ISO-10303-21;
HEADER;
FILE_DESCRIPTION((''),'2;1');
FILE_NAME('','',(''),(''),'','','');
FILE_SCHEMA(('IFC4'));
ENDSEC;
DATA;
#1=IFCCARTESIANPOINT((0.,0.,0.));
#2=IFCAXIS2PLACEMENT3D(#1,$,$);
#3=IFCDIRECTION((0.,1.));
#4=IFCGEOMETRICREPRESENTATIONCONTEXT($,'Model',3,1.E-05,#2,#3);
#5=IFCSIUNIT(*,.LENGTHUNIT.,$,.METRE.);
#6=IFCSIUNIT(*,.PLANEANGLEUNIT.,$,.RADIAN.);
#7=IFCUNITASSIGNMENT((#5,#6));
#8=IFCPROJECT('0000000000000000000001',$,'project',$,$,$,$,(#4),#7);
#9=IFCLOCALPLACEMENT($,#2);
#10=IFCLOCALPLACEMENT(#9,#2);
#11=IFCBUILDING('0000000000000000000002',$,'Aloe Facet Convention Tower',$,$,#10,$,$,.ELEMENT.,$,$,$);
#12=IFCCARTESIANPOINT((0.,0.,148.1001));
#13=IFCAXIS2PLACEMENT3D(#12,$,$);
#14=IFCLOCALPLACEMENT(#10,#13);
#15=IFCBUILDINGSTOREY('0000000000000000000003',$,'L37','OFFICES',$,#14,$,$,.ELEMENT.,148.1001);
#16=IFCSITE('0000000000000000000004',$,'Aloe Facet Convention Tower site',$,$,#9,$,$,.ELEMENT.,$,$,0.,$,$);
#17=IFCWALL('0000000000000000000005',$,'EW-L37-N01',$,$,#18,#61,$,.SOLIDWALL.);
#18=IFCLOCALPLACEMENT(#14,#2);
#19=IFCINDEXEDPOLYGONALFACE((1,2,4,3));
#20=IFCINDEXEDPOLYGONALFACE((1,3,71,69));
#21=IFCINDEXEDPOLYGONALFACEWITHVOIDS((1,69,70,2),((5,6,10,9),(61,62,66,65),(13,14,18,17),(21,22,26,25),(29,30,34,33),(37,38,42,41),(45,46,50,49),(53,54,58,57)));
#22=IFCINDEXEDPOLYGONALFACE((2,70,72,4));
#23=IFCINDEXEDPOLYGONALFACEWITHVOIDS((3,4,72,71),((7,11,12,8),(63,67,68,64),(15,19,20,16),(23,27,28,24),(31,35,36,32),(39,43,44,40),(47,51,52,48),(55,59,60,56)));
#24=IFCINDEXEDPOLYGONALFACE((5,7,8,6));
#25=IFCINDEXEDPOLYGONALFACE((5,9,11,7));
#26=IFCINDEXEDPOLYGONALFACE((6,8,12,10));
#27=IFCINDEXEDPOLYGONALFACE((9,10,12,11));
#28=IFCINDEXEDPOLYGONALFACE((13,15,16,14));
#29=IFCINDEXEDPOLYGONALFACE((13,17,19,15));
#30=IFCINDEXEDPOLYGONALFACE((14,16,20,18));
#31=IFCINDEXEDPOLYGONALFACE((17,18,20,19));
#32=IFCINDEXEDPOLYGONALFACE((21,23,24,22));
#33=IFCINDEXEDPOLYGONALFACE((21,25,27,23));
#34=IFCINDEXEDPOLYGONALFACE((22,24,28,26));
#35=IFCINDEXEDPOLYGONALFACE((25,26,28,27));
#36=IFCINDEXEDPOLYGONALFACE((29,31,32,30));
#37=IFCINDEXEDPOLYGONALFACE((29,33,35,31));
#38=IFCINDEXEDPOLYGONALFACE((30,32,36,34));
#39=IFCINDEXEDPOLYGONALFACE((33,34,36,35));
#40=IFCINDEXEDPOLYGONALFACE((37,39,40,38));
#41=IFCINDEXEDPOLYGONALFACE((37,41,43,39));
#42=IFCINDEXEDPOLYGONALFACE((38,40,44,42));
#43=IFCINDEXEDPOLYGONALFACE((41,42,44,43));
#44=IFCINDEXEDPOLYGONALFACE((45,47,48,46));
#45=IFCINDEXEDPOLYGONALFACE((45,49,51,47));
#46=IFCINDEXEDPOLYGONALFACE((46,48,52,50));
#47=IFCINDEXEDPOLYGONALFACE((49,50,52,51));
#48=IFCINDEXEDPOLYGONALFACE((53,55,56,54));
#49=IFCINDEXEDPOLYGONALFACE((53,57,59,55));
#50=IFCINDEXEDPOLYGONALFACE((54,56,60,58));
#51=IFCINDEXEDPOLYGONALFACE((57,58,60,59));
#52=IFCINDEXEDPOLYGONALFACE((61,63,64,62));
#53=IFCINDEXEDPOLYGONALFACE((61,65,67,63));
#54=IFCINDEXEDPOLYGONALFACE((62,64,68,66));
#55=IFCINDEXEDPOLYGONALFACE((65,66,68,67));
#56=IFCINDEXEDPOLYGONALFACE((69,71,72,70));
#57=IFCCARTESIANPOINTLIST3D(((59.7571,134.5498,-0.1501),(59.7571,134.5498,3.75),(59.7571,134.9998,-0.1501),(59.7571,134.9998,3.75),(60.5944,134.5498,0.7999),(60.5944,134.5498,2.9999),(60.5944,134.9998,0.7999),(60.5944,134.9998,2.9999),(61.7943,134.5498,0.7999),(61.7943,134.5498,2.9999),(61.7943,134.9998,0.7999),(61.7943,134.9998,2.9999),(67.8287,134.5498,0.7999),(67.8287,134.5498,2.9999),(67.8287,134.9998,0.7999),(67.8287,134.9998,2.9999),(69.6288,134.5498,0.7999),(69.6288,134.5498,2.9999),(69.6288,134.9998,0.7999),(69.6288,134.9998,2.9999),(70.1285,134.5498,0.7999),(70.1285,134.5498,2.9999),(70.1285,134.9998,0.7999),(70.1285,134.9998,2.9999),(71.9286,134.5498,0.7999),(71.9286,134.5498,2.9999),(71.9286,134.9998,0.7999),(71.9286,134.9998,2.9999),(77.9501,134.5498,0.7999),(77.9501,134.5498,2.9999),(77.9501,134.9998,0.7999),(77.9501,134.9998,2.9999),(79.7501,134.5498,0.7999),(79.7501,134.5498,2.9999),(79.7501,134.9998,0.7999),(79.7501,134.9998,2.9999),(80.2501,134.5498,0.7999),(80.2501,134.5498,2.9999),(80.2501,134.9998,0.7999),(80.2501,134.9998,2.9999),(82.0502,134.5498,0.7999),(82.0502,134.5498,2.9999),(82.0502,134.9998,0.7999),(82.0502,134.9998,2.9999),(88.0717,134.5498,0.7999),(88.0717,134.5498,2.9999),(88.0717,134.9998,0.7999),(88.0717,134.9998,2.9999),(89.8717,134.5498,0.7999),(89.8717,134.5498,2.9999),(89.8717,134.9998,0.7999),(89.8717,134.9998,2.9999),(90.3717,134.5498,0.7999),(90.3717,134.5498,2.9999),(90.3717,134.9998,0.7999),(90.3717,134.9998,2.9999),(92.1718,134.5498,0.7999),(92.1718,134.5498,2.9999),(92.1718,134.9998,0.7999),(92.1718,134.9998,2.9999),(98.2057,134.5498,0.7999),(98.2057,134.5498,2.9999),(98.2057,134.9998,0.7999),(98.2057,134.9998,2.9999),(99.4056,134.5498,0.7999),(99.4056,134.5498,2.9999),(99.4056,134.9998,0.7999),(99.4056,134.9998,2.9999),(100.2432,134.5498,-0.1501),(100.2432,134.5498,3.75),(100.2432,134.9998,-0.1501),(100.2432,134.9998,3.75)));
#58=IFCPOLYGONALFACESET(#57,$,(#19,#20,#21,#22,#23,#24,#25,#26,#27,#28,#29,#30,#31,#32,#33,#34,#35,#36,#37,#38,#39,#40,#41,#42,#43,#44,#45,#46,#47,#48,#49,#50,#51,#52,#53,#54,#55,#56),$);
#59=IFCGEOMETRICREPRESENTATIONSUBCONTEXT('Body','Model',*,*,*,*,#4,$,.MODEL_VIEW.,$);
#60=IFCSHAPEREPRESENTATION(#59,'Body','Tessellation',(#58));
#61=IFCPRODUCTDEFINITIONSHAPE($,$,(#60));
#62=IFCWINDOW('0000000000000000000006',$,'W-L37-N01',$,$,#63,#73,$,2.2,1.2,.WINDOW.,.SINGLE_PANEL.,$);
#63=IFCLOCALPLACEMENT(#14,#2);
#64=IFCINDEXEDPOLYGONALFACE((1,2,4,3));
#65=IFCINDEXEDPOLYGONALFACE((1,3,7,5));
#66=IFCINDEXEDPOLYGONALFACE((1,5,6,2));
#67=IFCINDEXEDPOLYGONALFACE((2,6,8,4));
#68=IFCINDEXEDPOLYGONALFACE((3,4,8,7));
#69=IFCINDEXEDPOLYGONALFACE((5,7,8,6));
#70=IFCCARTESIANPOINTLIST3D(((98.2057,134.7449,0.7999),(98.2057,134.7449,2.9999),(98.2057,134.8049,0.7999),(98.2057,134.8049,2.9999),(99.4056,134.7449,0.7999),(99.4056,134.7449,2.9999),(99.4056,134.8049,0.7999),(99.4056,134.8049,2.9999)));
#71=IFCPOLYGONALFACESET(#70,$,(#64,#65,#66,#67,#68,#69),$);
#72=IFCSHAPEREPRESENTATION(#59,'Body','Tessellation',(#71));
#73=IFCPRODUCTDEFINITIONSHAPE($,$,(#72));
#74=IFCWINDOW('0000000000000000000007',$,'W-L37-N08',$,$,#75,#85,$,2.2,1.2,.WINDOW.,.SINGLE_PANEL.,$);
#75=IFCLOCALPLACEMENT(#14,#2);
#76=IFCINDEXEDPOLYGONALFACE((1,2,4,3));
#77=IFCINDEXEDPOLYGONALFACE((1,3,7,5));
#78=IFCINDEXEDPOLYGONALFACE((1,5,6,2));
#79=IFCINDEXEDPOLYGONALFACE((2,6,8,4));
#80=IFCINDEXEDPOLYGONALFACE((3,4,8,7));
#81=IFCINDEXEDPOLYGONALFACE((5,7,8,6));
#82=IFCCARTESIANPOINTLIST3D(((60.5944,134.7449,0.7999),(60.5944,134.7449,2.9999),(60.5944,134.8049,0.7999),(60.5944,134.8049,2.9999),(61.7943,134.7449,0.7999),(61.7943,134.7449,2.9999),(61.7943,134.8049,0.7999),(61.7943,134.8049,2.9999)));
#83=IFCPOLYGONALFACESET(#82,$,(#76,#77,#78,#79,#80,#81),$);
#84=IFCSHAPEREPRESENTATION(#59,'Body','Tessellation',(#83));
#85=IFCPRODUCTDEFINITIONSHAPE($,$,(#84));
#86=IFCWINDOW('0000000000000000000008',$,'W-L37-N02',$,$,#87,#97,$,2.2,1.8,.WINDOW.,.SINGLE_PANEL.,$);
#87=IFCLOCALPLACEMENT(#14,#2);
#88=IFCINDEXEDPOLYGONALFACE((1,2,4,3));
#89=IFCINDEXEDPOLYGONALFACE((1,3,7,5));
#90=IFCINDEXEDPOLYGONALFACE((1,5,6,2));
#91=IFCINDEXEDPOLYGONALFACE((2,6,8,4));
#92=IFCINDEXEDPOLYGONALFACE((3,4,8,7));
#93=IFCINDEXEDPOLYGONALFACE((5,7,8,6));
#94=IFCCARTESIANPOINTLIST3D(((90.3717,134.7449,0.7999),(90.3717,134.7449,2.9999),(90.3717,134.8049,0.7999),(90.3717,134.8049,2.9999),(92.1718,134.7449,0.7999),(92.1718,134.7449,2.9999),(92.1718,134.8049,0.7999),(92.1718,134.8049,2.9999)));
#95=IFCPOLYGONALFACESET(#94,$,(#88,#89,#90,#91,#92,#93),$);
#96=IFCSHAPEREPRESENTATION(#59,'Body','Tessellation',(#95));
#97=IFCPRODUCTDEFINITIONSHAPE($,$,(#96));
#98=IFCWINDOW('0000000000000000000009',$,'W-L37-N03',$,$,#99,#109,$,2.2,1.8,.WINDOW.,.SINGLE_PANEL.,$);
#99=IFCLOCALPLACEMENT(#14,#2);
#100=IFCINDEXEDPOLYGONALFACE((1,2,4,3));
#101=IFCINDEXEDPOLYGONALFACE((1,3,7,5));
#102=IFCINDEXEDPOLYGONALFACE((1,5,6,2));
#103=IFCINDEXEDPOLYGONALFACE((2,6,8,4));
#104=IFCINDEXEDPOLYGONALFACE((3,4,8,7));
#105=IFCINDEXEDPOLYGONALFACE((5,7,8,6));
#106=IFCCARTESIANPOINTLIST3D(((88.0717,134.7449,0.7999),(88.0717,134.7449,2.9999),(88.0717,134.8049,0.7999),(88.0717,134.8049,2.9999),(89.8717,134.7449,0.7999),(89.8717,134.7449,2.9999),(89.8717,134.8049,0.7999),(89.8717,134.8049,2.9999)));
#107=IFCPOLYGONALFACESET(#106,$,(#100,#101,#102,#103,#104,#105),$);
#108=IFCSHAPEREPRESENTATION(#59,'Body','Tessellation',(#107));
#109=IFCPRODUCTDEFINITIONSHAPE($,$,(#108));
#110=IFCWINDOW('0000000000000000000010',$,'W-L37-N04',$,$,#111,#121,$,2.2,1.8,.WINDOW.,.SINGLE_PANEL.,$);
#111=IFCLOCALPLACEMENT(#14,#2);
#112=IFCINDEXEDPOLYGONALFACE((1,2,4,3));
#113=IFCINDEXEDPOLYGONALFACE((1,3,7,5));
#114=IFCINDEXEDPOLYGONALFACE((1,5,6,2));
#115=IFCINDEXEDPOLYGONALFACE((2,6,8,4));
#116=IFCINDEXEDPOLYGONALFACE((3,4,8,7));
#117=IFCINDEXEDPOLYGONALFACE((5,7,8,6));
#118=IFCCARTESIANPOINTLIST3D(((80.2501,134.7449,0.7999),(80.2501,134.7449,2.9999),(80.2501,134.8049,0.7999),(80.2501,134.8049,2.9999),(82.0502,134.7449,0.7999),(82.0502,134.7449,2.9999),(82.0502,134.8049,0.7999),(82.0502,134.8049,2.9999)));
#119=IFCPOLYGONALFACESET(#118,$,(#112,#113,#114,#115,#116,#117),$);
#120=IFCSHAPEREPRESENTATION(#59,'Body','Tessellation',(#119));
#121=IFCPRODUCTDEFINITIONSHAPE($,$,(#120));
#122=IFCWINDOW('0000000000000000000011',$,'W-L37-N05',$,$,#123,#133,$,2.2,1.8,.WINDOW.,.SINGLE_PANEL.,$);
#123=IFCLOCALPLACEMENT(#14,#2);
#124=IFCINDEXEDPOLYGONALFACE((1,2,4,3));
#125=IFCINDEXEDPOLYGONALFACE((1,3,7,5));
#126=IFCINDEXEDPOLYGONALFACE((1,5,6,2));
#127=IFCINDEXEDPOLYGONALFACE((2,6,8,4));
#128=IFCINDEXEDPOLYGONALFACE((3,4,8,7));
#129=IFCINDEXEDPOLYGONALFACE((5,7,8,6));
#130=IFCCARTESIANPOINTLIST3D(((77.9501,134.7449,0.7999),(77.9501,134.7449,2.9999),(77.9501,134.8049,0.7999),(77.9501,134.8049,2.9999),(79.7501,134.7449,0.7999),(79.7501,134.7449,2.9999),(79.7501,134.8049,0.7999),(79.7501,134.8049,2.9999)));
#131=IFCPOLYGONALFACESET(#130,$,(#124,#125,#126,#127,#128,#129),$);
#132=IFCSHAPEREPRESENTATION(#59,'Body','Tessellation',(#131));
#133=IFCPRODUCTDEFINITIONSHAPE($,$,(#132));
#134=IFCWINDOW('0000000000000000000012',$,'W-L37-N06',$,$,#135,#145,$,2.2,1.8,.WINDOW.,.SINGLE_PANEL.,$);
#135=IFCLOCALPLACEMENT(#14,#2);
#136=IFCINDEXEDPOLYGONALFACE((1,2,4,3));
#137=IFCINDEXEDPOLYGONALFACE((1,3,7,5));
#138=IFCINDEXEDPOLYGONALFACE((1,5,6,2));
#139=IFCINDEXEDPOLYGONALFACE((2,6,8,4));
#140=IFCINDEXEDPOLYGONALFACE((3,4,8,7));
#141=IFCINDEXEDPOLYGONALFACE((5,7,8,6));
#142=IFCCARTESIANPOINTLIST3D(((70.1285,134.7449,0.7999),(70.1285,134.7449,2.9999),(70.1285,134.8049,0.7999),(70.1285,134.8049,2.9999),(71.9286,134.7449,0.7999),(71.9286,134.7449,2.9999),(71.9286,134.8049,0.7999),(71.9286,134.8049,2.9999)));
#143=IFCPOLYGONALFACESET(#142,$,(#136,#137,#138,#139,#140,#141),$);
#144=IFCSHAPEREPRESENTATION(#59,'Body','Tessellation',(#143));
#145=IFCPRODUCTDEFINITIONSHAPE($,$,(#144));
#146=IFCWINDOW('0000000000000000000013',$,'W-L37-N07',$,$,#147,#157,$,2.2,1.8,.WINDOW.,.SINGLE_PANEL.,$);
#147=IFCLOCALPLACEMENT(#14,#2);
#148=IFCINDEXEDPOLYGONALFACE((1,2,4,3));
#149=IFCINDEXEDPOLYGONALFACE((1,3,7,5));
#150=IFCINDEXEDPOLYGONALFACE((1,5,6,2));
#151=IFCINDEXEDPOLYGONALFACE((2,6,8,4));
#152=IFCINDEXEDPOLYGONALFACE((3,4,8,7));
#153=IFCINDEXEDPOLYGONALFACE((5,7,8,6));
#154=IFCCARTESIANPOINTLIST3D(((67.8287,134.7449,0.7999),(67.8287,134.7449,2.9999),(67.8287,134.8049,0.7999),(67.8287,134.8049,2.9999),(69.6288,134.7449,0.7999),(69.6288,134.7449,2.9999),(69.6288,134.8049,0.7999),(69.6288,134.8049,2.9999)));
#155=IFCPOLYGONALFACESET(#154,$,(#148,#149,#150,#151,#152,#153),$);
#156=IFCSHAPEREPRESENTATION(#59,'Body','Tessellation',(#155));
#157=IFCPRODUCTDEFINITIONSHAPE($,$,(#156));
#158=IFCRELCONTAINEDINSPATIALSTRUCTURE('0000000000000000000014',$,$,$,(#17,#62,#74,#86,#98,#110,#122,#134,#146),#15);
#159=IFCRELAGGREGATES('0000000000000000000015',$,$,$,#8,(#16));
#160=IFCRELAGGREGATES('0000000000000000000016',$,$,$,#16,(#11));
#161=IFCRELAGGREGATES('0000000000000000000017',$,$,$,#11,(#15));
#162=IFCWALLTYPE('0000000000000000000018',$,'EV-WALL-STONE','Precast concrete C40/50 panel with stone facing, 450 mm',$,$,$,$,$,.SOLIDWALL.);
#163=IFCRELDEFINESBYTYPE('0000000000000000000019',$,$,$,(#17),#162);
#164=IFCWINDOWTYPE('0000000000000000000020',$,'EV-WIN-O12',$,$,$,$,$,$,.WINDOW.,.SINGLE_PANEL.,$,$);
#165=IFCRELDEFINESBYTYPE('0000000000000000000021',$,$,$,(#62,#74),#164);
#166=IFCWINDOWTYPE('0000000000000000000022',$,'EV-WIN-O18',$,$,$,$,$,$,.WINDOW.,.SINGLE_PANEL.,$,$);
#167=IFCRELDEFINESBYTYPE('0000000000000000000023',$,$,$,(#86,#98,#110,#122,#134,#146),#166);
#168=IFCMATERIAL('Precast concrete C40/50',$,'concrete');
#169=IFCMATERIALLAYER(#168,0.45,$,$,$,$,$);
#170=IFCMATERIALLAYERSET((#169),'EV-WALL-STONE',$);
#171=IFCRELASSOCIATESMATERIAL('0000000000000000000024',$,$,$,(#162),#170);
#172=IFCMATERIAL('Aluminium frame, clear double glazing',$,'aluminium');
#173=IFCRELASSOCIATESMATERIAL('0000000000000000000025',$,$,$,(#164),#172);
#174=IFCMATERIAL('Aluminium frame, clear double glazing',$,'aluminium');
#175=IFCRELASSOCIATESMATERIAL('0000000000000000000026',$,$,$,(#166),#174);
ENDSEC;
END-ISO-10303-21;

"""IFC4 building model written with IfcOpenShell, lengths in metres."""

from ifc_helpers import new_model, si_unit, direction, frame, frame_2d, origin, place, context, subcontext, project, spatial, polyline, rectangle, outline, extrude, material, layer, layer_set, type_object, element, fill, save


model = new_model("IFC4")

# Units and contexts
model_context = context("Model", 3, precision=1e-05, world=origin(), true_north=direction((0.0, 1.0)))
body_context = subcontext(model_context, "Body", "Model", "MODEL_VIEW")
ifc_project = project(units=[si_unit("LENGTHUNIT", "METRE"), si_unit("PLANEANGLEUNIT", "RADIAN")], contexts=[model_context])

# Site, building, storey
site_placement = place(None, origin())
site = spatial("IfcSite", under=ifc_project, at=site_placement, Name="Aloe Facet Convention Tower site", CompositionType="ELEMENT", RefElevation=0.0)
building_placement = place(site_placement, origin())
building = spatial("IfcBuilding", under=site, at=building_placement, Name="Aloe Facet Convention Tower", CompositionType="ELEMENT")
storey_placement = place(building_placement, frame((0.0, 0.0, 148.1001)))
storey = spatial("IfcBuildingStorey", under=building, at=storey_placement, Name="L37", Description="OFFICES", CompositionType="ELEMENT", Elevation=148.1001)

# Wall, openings, windows
ifc_material_1 = material(Name="Precast concrete C40/50", Category="concrete")
ifc_layer_1 = layer(ifc_material_1, 0.45)
ifc_layer_set_1 = layer_set([ifc_layer_1], Name="EV-WALL-STONE")
wall_type_1 = type_object("IfcWallType", Name="EV-WALL-STONE", Description="Precast concrete C40/50 panel with stone facing, 450 mm", PredefinedType="SOLIDWALL", material=ifc_layer_set_1)
wall_1_placement = place(storey_placement, frame((100.2432, 134.7749, -0.1501), z_axis=(0.0, 0.0, 1.0), x_axis=(-1.0, 0.0, 0.0)))
wall_1 = element("IfcWall", 1, at=wall_1_placement, inside=storey, type_object=wall_type_1, Name="EW-L37-N01", PredefinedType="SOLIDWALL", context=body_context, shape_type="SweptSolid", body=[
    extrude(outline(polyline([(40.4861, 0.0), (40.4861, 3.9001), (0.0, 3.9001), (0.0, 0.0), (40.4861, 0.0)])), frame((0.0, 0.2251, 0.0), z_axis=(0.0, -1.0, 0.0), x_axis=(1.0, 0.0, 0.0)), (0.0, 0.0, 1.0), 0.45),
])
opening_1_placement = place(wall_1_placement, frame((0.8374, 0.0, 0.95)))
opening_1 = element("IfcOpeningElement", 2, at=opening_1_placement, cuts=wall_1, PredefinedType="OPENING", context=body_context, shape_type="SweptSolid", body=[
    extrude(rectangle(XDim=1.2, YDim=2.2, at=frame_2d((0.6001, 1.1001))), frame((0.0, 0.2349, 0.0), z_axis=(0.0, -1.0, 0.0), x_axis=(1.0, 0.0, 0.0)), (0.0, 0.0, 1.0), 0.47),
])
opening_2_placement = place(wall_1_placement, frame((8.0715, 0.0, 0.95)))
opening_2 = element("IfcOpeningElement", 3, at=opening_2_placement, cuts=wall_1, PredefinedType="OPENING", context=body_context, shape_type="SweptSolid", body=[
    extrude(rectangle(XDim=1.8, YDim=2.2, at=frame_2d((0.8999, 1.1001))), frame((0.0, 0.2349, 0.0), z_axis=(0.0, -1.0, 0.0), x_axis=(1.0, 0.0, 0.0)), (0.0, 0.0, 1.0), 0.47),
])
opening_3_placement = place(wall_1_placement, frame((10.3716, 0.0, 0.95)))
opening_3 = element("IfcOpeningElement", 4, at=opening_3_placement, cuts=wall_1, PredefinedType="OPENING", context=body_context, shape_type="SweptSolid", body=[
    extrude(rectangle(XDim=1.8, YDim=2.2, at=frame_2d((0.8999, 1.1001))), frame((0.0, 0.2349, 0.0), z_axis=(0.0, -1.0, 0.0), x_axis=(1.0, 0.0, 0.0)), (0.0, 0.0, 1.0), 0.47),
])
opening_4_placement = place(wall_1_placement, frame((18.1931, 0.0, 0.95)))
opening_4 = element("IfcOpeningElement", 5, at=opening_4_placement, cuts=wall_1, PredefinedType="OPENING", context=body_context, shape_type="SweptSolid", body=[
    extrude(rectangle(XDim=1.8, YDim=2.2, at=frame_2d((0.8999, 1.1001))), frame((0.0, 0.2349, 0.0), z_axis=(0.0, -1.0, 0.0), x_axis=(1.0, 0.0, 0.0)), (0.0, 0.0, 1.0), 0.47),
])
opening_5_placement = place(wall_1_placement, frame((20.4932, 0.0, 0.95)))
opening_5 = element("IfcOpeningElement", 6, at=opening_5_placement, cuts=wall_1, PredefinedType="OPENING", context=body_context, shape_type="SweptSolid", body=[
    extrude(rectangle(XDim=1.8, YDim=2.2, at=frame_2d((0.8999, 1.1001))), frame((0.0, 0.2349, 0.0), z_axis=(0.0, -1.0, 0.0), x_axis=(1.0, 0.0, 0.0)), (0.0, 0.0, 1.0), 0.47),
])
opening_6_placement = place(wall_1_placement, frame((28.3147, 0.0, 0.95)))
opening_6 = element("IfcOpeningElement", 7, at=opening_6_placement, cuts=wall_1, PredefinedType="OPENING", context=body_context, shape_type="SweptSolid", body=[
    extrude(rectangle(XDim=1.8, YDim=2.2, at=frame_2d((0.8999, 1.1001))), frame((0.0, 0.2349, 0.0), z_axis=(0.0, -1.0, 0.0), x_axis=(1.0, 0.0, 0.0)), (0.0, 0.0, 1.0), 0.47),
])
opening_7_placement = place(wall_1_placement, frame((30.6145, 0.0, 0.95)))
opening_7 = element("IfcOpeningElement", 8, at=opening_7_placement, cuts=wall_1, PredefinedType="OPENING", context=body_context, shape_type="SweptSolid", body=[
    extrude(rectangle(XDim=1.8, YDim=2.2, at=frame_2d((0.8999, 1.1001))), frame((0.0, 0.2349, 0.0), z_axis=(0.0, -1.0, 0.0), x_axis=(1.0, 0.0, 0.0)), (0.0, 0.0, 1.0), 0.47),
])
opening_8_placement = place(wall_1_placement, frame((38.4487, 0.0, 0.95)))
opening_8 = element("IfcOpeningElement", 9, at=opening_8_placement, cuts=wall_1, PredefinedType="OPENING", context=body_context, shape_type="SweptSolid", body=[
    extrude(rectangle(XDim=1.2, YDim=2.2, at=frame_2d((0.6001, 1.1001))), frame((0.0, 0.2349, 0.0), z_axis=(0.0, -1.0, 0.0), x_axis=(1.0, 0.0, 0.0)), (0.0, 0.0, 1.0), 0.47),
])
ifc_material_2 = material(Name="Aluminium frame, clear double glazing", Category="aluminium")
window_type_1 = type_object("IfcWindowType", Name="EV-WIN-O12", PartitioningType="SINGLE_PANEL", PredefinedType="WINDOW", material=ifc_material_2)
window_1_placement = place(opening_1_placement, origin())
window_1 = element("IfcWindow", 10, at=window_1_placement, inside=storey, type_object=window_type_1, Name="W-L37-N01", OverallHeight=2.2, OverallWidth=1.2, PartitioningType="SINGLE_PANEL", PredefinedType="WINDOW", context=body_context, shape_type="SweptSolid", body=[
    extrude(rectangle(XDim=1.2, YDim=2.2, at=frame_2d((0.6001, 1.1001))), frame((0.0, 0.03, 0.0), z_axis=(0.0, -1.0, 0.0), x_axis=(1.0, 0.0, 0.0)), (0.0, 0.0, 1.0), 0.0601),
])
fill(opening_1, window_1)
window_2_placement = place(opening_8_placement, origin())
window_2 = element("IfcWindow", 11, at=window_2_placement, inside=storey, type_object=window_type_1, Name="W-L37-N08", OverallHeight=2.2, OverallWidth=1.2, PartitioningType="SINGLE_PANEL", PredefinedType="WINDOW", context=body_context, shape_type="SweptSolid", body=[
    extrude(rectangle(XDim=1.2, YDim=2.2, at=frame_2d((0.6001, 1.1001))), frame((0.0, 0.03, 0.0), z_axis=(0.0, -1.0, 0.0), x_axis=(1.0, 0.0, 0.0)), (0.0, 0.0, 1.0), 0.0601),
])
fill(opening_8, window_2)
ifc_material_3 = material(Name="Aluminium frame, clear double glazing", Category="aluminium")
window_type_2 = type_object("IfcWindowType", Name="EV-WIN-O18", PartitioningType="SINGLE_PANEL", PredefinedType="WINDOW", material=ifc_material_3)
window_3_placement = place(opening_2_placement, origin())
window_3 = element("IfcWindow", 12, at=window_3_placement, inside=storey, type_object=window_type_2, Name="W-L37-N02", OverallHeight=2.2, OverallWidth=1.8, PartitioningType="SINGLE_PANEL", PredefinedType="WINDOW", context=body_context, shape_type="SweptSolid", body=[
    extrude(rectangle(XDim=1.8, YDim=2.2, at=frame_2d((0.8999, 1.1001))), frame((0.0, 0.03, 0.0), z_axis=(0.0, -1.0, 0.0), x_axis=(1.0, 0.0, 0.0)), (0.0, 0.0, 1.0), 0.0601),
])
fill(opening_2, window_3)
window_4_placement = place(opening_3_placement, origin())
window_4 = element("IfcWindow", 13, at=window_4_placement, inside=storey, type_object=window_type_2, Name="W-L37-N03", OverallHeight=2.2, OverallWidth=1.8, PartitioningType="SINGLE_PANEL", PredefinedType="WINDOW", context=body_context, shape_type="SweptSolid", body=[
    extrude(rectangle(XDim=1.8, YDim=2.2, at=frame_2d((0.8999, 1.1001))), frame((0.0, 0.03, 0.0), z_axis=(0.0, -1.0, 0.0), x_axis=(1.0, 0.0, 0.0)), (0.0, 0.0, 1.0), 0.0601),
])
fill(opening_3, window_4)
window_5_placement = place(opening_4_placement, origin())
window_5 = element("IfcWindow", 14, at=window_5_placement, inside=storey, type_object=window_type_2, Name="W-L37-N04", OverallHeight=2.2, OverallWidth=1.8, PartitioningType="SINGLE_PANEL", PredefinedType="WINDOW", context=body_context, shape_type="SweptSolid", body=[
    extrude(rectangle(XDim=1.8, YDim=2.2, at=frame_2d((0.8999, 1.1001))), frame((0.0, 0.03, 0.0), z_axis=(0.0, -1.0, 0.0), x_axis=(1.0, 0.0, 0.0)), (0.0, 0.0, 1.0), 0.0601),
])
fill(opening_4, window_5)
window_6_placement = place(opening_5_placement, origin())
window_6 = element("IfcWindow", 15, at=window_6_placement, inside=storey, type_object=window_type_2, Name="W-L37-N05", OverallHeight=2.2, OverallWidth=1.8, PartitioningType="SINGLE_PANEL", PredefinedType="WINDOW", context=body_context, shape_type="SweptSolid", body=[
    extrude(rectangle(XDim=1.8, YDim=2.2, at=frame_2d((0.8999, 1.1001))), frame((0.0, 0.03, 0.0), z_axis=(0.0, -1.0, 0.0), x_axis=(1.0, 0.0, 0.0)), (0.0, 0.0, 1.0), 0.0601),
])
fill(opening_5, window_6)
window_7_placement = place(opening_6_placement, origin())
window_7 = element("IfcWindow", 16, at=window_7_placement, inside=storey, type_object=window_type_2, Name="W-L37-N06", OverallHeight=2.2, OverallWidth=1.8, PartitioningType="SINGLE_PANEL", PredefinedType="WINDOW", context=body_context, shape_type="SweptSolid", body=[
    extrude(rectangle(XDim=1.8, YDim=2.2, at=frame_2d((0.8999, 1.1001))), frame((0.0, 0.03, 0.0), z_axis=(0.0, -1.0, 0.0), x_axis=(1.0, 0.0, 0.0)), (0.0, 0.0, 1.0), 0.0601),
])
fill(opening_6, window_7)
window_8_placement = place(opening_7_placement, origin())
window_8 = element("IfcWindow", 17, at=window_8_placement, inside=storey, type_object=window_type_2, Name="W-L37-N07", OverallHeight=2.2, OverallWidth=1.8, PartitioningType="SINGLE_PANEL", PredefinedType="WINDOW", context=body_context, shape_type="SweptSolid", body=[
    extrude(rectangle(XDim=1.8, YDim=2.2, at=frame_2d((0.8999, 1.1001))), frame((0.0, 0.03, 0.0), z_axis=(0.0, -1.0, 0.0), x_axis=(1.0, 0.0, 0.0)), (0.0, 0.0, 1.0), 0.0601),
])
fill(opening_7, window_8)

save(model, "model.ifc")
